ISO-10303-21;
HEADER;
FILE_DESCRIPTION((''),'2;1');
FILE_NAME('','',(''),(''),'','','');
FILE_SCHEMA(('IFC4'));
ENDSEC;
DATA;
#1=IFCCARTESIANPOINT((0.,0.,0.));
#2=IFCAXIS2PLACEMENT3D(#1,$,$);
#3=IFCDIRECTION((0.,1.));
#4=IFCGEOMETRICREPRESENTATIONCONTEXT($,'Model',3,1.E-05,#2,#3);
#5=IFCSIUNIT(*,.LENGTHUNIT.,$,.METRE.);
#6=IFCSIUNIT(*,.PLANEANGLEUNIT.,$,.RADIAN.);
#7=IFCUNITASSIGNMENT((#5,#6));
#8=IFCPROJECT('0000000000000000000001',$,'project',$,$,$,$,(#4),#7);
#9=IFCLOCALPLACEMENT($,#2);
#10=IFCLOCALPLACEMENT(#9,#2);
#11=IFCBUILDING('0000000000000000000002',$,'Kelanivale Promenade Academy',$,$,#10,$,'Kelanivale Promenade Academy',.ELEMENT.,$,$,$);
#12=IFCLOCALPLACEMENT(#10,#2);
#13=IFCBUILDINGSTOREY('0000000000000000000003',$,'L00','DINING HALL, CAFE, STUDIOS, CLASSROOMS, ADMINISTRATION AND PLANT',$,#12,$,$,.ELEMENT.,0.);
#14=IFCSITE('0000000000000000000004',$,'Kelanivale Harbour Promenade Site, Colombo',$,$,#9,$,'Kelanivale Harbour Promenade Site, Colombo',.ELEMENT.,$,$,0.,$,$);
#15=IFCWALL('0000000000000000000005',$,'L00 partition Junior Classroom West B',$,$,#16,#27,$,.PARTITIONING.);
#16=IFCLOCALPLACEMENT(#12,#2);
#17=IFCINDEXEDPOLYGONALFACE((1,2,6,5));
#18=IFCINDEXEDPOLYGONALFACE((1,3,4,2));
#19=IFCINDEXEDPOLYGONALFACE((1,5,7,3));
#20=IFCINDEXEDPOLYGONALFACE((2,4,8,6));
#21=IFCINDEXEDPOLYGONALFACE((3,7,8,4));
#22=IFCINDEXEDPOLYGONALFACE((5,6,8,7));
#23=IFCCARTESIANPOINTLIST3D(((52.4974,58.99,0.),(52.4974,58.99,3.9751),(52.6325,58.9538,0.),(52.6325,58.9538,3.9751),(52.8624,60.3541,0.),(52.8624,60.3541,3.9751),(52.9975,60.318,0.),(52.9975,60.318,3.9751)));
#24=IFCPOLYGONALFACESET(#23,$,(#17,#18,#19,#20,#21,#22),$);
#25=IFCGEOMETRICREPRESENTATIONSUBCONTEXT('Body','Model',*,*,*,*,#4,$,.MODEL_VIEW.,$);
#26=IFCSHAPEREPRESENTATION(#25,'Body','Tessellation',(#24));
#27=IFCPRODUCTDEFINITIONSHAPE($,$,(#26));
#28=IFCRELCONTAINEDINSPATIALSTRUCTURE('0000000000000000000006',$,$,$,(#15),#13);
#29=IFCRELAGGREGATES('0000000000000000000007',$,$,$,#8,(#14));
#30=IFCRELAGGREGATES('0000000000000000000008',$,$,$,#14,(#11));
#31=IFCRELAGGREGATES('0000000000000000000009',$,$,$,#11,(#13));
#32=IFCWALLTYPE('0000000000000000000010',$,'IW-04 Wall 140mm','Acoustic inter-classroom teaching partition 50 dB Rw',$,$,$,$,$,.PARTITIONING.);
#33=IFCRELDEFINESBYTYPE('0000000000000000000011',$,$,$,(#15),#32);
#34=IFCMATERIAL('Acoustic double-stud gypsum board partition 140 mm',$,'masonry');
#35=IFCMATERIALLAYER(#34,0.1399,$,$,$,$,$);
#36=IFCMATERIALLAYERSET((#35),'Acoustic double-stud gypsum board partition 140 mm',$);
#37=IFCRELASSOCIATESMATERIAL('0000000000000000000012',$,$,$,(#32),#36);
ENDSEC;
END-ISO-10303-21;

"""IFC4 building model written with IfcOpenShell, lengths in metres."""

from ifc_helpers import new_model, si_unit, direction, frame, frame_2d, origin, place, context, subcontext, project, spatial, rectangle, extrude, material, layer, layer_set, type_object, element, save


model = new_model("IFC4")

# Units and contexts
model_context = context("Model", 3, precision=1e-05, world=origin(), true_north=direction((0.0, 1.0)))
body_context = subcontext(model_context, "Body", "Model", "MODEL_VIEW")
ifc_project = project(units=[si_unit("LENGTHUNIT", "METRE"), si_unit("PLANEANGLEUNIT", "RADIAN")], contexts=[model_context])

# Site, building, storey
site_placement = place(None, origin())
site = spatial("IfcSite", under=ifc_project, at=site_placement, Name="Kelanivale Harbour Promenade Site, Colombo", LongName="Kelanivale Harbour Promenade Site, Colombo", CompositionType="ELEMENT", RefElevation=0.0)
building_placement = place(site_placement, origin())
building = spatial("IfcBuilding", under=site, at=building_placement, Name="Kelanivale Promenade Academy", LongName="Kelanivale Promenade Academy", CompositionType="ELEMENT")
storey_placement = place(building_placement, origin())
storey = spatial("IfcBuildingStorey", under=building, at=storey_placement, Name="L00", Description="DINING HALL, CAFE, STUDIOS, CLASSROOMS, ADMINISTRATION AND PLANT", CompositionType="ELEMENT", Elevation=0.0)

# Wall
ifc_material_1 = material(Name="Acoustic double-stud gypsum board partition 140 mm", Category="masonry")
ifc_layer_1 = layer(ifc_material_1, 0.1399)
ifc_layer_set_1 = layer_set([ifc_layer_1], Name="Acoustic double-stud gypsum board partition 140 mm")
wall_type = type_object("IfcWallType", Name="IW-04 Wall 140mm", Description="Acoustic inter-classroom teaching partition 50 dB Rw", PredefinedType="PARTITIONING", material=ifc_layer_set_1)
for number, where, z_axis, x_axis, name in (
    (1, (52.5649, 58.9719, 0.0), (0.0, 0.0, 1.0), (0.258491, 0.966014, 0.0), "L00 partition Junior Classroom West B"),
):
    element("IfcWall", number, at=place(storey_placement, frame(where, z_axis=z_axis, x_axis=x_axis)), inside=storey, type_object=wall_type, Name=name, PredefinedType="PARTITIONING", context=body_context, shape_type="SweptSolid", body=[
        extrude(rectangle(XDim=1.4121, YDim=0.1399, at=frame_2d((0.7061, 0.0))), origin(), (0.0, 0.0, 1.0), 3.9751),
    ])

save(model, "model.ifc")
